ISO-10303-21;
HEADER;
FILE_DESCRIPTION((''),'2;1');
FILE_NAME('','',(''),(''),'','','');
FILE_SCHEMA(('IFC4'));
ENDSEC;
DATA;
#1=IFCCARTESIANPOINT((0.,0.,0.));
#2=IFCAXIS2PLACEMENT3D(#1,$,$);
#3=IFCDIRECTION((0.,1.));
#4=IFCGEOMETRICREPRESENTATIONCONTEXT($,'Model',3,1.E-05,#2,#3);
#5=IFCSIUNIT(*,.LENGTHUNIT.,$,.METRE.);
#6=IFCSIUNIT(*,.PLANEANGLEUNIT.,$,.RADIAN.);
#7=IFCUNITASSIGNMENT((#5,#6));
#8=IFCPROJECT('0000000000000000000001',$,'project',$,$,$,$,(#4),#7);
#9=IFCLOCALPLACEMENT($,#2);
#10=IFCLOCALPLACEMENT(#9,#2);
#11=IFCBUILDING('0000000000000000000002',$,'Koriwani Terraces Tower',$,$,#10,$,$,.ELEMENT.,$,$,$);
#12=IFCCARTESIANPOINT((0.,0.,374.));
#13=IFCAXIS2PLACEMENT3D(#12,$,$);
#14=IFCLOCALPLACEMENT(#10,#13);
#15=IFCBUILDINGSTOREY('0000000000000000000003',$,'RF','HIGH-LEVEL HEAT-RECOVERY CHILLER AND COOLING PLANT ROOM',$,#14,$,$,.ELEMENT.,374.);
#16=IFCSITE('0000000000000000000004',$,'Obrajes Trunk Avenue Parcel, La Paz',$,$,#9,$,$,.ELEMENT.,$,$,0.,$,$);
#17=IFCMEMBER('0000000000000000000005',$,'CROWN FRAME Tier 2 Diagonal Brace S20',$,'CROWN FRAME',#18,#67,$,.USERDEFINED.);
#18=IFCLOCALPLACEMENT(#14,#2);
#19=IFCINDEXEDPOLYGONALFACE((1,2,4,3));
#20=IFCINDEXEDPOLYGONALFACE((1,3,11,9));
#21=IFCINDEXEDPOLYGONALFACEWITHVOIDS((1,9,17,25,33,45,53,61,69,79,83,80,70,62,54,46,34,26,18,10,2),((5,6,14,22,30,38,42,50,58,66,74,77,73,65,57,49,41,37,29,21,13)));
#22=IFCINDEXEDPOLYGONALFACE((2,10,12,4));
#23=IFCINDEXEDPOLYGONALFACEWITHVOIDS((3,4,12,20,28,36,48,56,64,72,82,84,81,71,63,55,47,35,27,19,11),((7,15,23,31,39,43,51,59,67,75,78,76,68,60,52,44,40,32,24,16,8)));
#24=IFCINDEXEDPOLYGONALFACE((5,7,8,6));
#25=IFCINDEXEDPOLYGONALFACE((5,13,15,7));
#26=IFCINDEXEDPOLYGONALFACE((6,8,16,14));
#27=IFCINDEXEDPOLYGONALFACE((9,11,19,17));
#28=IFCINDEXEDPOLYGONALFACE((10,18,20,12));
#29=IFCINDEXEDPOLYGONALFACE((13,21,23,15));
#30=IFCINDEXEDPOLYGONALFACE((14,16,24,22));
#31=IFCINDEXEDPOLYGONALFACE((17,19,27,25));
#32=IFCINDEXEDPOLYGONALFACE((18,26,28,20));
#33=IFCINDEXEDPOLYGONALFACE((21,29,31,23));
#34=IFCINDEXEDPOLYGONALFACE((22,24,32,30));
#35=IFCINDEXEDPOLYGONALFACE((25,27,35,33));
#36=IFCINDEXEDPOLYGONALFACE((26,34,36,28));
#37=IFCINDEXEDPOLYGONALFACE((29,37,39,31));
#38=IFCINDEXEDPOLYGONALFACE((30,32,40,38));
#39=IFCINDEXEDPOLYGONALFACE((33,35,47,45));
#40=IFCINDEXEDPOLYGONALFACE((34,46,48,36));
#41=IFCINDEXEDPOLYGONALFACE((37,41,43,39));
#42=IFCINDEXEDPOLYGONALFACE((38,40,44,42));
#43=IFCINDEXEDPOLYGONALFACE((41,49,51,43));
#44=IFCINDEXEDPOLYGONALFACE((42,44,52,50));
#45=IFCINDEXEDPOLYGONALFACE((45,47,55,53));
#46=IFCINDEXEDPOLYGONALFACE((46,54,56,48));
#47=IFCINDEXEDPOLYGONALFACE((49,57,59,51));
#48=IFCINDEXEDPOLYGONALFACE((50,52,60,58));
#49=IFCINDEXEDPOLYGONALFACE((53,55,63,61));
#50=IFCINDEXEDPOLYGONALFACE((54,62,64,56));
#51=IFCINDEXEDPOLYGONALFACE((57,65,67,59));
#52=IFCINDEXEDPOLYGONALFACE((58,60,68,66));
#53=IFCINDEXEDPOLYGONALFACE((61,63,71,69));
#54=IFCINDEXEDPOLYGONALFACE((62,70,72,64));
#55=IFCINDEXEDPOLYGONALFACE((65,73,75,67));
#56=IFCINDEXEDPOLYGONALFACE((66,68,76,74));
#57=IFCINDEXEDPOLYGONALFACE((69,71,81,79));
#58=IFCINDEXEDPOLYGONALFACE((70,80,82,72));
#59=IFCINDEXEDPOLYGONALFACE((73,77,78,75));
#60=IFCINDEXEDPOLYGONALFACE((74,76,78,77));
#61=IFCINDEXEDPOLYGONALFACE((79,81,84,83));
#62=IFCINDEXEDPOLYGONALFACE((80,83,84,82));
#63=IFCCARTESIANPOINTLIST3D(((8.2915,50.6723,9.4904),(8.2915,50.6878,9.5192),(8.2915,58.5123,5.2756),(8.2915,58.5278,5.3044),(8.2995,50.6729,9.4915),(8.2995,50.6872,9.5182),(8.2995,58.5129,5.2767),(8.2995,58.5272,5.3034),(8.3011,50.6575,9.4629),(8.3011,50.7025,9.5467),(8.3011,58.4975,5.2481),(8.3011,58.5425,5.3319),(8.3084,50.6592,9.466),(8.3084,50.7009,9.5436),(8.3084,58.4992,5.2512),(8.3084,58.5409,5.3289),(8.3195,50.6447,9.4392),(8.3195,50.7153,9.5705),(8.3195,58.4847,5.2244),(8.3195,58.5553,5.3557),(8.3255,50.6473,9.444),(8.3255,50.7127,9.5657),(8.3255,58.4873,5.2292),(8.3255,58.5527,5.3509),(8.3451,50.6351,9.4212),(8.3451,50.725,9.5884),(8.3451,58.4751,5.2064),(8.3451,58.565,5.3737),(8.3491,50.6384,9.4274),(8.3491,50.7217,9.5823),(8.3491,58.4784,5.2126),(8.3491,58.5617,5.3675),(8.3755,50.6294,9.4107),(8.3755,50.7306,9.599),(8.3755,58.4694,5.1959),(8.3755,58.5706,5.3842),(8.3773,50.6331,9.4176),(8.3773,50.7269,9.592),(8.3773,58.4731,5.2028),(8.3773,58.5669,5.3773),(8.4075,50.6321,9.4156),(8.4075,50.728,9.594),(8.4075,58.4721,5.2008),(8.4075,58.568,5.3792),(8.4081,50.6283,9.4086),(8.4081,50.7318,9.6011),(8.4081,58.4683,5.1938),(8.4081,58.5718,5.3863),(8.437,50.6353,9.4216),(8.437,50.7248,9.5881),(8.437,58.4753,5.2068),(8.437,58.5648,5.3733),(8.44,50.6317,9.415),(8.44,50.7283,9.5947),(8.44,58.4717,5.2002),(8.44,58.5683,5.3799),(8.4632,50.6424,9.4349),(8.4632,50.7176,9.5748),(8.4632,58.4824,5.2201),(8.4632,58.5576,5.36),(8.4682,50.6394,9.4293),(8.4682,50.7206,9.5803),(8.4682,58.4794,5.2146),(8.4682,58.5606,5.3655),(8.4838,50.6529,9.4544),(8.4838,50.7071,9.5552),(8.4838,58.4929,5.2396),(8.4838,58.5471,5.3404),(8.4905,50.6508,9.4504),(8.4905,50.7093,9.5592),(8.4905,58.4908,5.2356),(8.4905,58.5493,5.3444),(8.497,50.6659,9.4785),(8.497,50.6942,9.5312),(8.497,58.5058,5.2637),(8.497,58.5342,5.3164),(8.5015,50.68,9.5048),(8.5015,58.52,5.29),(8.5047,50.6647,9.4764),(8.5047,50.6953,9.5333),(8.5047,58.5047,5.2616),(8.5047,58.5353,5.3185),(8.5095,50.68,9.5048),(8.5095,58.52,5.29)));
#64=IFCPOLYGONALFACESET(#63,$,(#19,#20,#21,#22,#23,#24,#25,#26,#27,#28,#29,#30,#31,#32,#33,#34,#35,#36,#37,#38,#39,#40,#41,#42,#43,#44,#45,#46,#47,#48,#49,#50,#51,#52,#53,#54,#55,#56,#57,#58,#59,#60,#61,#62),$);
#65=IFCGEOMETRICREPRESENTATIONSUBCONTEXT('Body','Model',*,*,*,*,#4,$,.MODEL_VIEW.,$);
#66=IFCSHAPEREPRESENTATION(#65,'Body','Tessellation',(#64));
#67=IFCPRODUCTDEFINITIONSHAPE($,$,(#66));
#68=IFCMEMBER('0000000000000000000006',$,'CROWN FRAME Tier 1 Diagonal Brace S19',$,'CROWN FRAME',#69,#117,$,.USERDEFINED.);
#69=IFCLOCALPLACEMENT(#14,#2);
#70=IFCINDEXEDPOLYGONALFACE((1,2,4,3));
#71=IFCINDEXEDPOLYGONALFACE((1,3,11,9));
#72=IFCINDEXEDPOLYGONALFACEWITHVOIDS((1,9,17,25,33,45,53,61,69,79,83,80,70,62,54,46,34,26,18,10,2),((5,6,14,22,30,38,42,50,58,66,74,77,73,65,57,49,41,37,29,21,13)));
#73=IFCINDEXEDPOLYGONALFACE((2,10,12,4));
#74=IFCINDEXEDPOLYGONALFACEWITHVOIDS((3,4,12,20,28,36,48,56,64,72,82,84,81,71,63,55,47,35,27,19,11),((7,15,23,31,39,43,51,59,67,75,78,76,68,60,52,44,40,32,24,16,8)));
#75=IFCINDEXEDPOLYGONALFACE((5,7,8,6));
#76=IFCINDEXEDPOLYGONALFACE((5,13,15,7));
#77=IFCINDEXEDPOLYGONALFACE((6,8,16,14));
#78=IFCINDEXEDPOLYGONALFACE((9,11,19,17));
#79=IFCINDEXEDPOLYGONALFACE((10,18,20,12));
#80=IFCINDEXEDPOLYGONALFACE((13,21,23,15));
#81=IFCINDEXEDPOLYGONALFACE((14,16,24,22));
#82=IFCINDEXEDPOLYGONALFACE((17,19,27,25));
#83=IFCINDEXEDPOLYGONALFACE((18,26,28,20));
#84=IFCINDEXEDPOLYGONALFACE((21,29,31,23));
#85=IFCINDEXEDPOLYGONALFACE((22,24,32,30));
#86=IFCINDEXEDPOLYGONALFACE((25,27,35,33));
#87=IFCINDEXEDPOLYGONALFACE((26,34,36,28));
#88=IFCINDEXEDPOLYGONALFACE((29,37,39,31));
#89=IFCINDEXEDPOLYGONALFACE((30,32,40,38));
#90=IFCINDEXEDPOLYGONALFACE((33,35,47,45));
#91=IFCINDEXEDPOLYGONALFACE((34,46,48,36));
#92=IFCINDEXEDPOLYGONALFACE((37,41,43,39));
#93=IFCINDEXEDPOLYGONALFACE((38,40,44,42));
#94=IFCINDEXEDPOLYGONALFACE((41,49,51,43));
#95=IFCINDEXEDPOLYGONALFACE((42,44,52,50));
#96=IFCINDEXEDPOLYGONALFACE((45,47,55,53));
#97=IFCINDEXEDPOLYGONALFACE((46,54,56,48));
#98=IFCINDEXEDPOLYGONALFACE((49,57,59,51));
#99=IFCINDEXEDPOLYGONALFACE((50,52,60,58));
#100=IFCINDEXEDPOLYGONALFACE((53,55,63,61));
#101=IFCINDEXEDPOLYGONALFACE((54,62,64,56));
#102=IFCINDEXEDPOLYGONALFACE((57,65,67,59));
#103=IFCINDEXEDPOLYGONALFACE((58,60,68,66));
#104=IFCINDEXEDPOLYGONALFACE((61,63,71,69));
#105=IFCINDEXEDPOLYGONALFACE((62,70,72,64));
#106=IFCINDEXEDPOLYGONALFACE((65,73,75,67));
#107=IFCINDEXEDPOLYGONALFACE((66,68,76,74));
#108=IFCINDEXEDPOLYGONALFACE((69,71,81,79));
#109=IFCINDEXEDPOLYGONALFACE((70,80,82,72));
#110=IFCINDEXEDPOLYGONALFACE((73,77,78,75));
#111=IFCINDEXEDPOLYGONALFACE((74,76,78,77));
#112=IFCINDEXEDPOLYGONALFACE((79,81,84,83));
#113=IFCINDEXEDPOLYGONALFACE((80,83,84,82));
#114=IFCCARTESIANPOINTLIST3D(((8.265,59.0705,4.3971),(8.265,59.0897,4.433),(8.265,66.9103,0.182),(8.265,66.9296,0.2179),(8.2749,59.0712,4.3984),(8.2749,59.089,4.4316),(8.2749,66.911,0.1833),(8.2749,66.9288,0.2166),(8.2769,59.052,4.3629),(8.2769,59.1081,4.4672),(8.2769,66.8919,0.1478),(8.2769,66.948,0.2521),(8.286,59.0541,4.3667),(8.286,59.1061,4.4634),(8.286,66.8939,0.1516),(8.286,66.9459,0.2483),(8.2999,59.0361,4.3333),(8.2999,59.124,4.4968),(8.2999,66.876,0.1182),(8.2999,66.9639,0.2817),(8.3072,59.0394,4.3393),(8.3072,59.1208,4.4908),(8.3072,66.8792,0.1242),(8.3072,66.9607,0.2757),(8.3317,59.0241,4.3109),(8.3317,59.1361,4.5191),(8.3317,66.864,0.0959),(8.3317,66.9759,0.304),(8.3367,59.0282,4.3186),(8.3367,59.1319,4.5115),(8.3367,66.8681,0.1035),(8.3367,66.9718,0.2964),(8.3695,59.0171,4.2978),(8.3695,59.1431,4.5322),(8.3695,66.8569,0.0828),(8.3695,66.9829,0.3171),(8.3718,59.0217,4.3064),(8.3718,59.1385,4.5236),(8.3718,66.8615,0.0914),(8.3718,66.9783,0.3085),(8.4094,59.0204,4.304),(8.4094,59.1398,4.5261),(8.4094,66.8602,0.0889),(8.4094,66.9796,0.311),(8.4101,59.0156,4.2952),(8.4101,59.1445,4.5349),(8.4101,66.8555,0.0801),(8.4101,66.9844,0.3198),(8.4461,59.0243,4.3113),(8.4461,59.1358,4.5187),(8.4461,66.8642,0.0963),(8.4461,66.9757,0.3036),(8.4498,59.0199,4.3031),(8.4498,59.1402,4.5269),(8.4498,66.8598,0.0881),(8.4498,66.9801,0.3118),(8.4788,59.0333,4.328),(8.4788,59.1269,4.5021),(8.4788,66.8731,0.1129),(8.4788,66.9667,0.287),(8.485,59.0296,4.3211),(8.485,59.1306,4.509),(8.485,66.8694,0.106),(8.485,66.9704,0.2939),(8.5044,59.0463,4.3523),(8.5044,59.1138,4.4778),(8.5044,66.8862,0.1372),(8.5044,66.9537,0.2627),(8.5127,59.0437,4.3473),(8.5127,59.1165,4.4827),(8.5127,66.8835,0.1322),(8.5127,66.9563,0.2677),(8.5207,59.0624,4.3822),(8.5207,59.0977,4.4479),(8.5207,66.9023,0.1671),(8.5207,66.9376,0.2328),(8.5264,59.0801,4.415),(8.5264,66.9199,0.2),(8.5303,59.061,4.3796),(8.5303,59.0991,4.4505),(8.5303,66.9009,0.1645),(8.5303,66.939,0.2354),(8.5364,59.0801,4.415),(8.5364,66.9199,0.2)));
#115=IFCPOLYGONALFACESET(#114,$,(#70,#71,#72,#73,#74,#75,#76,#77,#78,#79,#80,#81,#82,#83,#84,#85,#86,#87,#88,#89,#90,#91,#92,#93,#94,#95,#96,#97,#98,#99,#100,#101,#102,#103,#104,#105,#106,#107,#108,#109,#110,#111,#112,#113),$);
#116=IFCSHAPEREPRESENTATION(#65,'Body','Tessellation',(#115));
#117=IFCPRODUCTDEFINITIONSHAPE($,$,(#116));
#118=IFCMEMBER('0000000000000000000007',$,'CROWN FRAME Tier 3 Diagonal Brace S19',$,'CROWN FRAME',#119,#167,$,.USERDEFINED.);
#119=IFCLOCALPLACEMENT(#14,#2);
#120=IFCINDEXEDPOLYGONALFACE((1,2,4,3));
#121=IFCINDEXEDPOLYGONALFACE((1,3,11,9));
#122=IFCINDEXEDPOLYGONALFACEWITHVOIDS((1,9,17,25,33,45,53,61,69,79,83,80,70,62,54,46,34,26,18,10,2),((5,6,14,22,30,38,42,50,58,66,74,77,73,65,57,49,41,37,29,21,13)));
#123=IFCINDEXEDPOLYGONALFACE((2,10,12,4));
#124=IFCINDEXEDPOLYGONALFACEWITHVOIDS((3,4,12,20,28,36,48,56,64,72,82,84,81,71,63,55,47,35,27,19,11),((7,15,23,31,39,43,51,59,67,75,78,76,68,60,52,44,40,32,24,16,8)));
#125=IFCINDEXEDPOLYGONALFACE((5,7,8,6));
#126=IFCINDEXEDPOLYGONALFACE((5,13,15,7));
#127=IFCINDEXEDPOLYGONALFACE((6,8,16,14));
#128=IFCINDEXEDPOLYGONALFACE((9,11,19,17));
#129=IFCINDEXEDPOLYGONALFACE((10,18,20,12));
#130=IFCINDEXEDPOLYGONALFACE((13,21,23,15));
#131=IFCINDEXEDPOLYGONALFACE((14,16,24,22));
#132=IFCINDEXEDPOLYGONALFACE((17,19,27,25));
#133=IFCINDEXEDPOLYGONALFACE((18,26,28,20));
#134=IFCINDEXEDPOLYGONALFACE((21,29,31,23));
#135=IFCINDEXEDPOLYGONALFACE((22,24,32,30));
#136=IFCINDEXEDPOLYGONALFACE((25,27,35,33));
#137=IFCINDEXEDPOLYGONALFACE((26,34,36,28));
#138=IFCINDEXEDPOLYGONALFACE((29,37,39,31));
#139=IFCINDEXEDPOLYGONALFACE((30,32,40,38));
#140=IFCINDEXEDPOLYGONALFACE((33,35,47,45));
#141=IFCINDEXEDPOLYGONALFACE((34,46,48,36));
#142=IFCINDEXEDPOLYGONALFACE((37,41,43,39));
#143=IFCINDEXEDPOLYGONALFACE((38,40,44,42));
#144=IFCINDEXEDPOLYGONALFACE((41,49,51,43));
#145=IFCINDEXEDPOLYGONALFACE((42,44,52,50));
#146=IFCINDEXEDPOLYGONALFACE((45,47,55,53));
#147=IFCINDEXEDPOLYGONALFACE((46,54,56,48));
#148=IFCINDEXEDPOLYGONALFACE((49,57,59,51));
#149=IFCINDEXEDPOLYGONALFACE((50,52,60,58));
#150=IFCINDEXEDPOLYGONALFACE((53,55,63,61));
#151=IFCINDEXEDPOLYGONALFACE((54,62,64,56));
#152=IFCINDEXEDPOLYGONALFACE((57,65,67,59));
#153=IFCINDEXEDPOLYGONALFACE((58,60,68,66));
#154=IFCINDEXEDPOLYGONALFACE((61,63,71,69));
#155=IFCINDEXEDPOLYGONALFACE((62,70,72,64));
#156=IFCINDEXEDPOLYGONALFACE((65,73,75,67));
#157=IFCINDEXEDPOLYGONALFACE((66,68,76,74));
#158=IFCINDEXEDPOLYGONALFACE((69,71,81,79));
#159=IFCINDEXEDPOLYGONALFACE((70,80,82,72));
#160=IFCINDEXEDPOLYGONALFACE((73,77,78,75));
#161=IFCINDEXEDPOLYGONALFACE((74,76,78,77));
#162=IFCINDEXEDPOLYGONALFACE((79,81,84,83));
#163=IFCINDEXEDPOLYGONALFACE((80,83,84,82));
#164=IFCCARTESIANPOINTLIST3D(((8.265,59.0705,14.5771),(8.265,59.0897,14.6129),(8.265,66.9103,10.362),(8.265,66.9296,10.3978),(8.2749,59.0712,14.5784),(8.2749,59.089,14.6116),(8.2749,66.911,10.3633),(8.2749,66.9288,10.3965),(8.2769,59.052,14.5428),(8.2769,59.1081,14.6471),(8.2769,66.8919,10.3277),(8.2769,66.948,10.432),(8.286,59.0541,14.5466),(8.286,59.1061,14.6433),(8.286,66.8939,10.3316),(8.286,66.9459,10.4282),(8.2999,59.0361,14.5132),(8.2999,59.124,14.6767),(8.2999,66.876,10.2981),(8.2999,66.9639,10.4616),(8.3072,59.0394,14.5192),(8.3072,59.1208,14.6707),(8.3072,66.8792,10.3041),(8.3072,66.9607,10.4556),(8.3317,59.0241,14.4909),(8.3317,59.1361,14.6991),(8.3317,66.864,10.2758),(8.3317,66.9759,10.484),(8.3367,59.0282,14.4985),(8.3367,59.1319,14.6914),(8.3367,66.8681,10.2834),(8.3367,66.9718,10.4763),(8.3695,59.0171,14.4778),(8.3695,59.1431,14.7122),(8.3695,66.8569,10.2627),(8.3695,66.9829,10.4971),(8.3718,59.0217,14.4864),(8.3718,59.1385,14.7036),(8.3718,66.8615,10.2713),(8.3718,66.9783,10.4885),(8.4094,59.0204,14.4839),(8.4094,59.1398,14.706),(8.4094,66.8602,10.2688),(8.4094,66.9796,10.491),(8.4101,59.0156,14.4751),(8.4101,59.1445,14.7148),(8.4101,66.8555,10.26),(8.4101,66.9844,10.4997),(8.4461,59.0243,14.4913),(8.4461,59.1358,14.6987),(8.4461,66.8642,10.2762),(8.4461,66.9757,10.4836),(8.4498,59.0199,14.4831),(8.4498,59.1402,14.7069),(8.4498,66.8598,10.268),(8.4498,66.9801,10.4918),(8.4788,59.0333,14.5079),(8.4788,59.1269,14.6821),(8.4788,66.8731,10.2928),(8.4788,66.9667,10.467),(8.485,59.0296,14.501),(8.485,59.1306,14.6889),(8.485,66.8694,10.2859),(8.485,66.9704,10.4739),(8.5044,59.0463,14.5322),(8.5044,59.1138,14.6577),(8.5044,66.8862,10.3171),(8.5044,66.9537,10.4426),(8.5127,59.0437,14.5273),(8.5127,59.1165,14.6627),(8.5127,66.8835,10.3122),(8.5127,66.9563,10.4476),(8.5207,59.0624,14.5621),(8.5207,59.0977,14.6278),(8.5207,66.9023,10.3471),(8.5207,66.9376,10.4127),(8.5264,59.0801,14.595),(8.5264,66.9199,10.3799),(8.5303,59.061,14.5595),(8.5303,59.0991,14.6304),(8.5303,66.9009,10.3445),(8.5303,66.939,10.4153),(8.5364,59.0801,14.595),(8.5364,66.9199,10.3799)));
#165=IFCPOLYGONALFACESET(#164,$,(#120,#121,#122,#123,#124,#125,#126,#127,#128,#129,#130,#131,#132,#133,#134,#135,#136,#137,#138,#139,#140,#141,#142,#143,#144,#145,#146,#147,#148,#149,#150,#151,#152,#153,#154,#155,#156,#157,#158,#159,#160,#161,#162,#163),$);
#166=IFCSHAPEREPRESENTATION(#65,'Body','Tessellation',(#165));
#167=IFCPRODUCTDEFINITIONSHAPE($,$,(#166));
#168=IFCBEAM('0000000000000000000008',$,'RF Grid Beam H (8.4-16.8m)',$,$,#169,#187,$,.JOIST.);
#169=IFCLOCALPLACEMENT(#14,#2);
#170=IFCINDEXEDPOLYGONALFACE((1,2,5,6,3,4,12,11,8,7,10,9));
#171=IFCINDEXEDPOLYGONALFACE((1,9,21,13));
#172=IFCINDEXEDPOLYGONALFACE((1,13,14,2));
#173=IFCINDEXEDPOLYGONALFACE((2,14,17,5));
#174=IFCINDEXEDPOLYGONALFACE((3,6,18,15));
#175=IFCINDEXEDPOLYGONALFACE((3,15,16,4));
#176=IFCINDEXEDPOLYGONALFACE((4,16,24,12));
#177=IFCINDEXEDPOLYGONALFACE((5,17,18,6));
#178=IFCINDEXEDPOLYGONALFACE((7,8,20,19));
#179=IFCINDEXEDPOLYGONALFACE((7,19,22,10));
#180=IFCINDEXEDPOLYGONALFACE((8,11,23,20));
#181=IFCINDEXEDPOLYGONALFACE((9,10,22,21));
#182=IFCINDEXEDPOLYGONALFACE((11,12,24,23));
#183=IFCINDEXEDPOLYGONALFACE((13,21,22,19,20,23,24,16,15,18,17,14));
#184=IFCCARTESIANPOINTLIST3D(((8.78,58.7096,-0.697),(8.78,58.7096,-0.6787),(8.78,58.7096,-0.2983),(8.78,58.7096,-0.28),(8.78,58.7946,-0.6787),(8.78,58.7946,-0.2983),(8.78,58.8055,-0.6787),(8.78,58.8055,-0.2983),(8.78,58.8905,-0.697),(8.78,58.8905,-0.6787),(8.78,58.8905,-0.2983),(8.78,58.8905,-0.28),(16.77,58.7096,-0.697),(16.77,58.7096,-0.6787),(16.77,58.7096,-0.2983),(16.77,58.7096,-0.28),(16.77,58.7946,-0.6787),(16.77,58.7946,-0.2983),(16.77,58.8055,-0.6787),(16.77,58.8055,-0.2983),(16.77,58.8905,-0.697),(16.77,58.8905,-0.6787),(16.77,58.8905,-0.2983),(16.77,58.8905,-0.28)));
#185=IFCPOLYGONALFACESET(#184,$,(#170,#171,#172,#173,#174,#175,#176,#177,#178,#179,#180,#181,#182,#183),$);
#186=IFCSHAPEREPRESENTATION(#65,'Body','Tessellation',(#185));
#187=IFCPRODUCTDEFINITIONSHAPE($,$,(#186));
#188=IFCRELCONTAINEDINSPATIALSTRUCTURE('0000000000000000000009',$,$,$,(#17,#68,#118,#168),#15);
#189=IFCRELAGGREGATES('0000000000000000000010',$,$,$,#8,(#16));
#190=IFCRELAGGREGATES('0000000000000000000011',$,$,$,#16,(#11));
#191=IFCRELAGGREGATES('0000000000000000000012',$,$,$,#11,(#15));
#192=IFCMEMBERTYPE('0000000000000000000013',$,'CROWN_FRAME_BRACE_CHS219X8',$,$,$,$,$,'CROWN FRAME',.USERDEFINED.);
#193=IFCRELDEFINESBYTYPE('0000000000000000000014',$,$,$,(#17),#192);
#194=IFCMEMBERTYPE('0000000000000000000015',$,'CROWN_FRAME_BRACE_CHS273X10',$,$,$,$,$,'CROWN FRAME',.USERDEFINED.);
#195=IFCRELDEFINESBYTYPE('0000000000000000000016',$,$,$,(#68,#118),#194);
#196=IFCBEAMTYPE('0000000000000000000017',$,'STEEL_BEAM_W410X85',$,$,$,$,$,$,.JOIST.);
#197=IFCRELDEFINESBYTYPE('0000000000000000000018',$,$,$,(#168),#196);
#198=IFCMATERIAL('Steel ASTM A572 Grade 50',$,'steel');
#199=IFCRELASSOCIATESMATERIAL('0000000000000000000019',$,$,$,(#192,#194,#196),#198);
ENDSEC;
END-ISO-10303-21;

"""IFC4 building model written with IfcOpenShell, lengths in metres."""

from ifc_helpers import new_model, si_unit, direction, frame, origin, origin_2d, place, context, subcontext, project, spatial, hollow_circle, i_section, extrude, material, material_profile, profile_set, type_object, element, save


model = new_model("IFC4")

# Units and contexts
model_context = context("Model", 3, precision=1e-05, world=origin(), true_north=direction((0.0, 1.0)))
body_context = subcontext(model_context, "Body", "Model", "MODEL_VIEW")
ifc_project = project(units=[si_unit("LENGTHUNIT", "METRE"), si_unit("PLANEANGLEUNIT", "RADIAN")], contexts=[model_context])

# Site, building, storey
site_placement = place(None, origin())
site = spatial("IfcSite", under=ifc_project, at=site_placement, Name="Obrajes Trunk Avenue Parcel, La Paz", CompositionType="ELEMENT", RefElevation=0.0)
building_placement = place(site_placement, origin())
building = spatial("IfcBuilding", under=site, at=building_placement, Name="Koriwani Terraces Tower", CompositionType="ELEMENT")
storey_placement = place(building_placement, frame((0.0, 0.0, 374.0)))
storey = spatial("IfcBuildingStorey", under=building, at=storey_placement, Name="RF", Description="HIGH-LEVEL HEAT-RECOVERY CHILLER AND COOLING PLANT ROOM", CompositionType="ELEMENT", Elevation=374.0)

# Shared definitions
ifc_material_1 = material(Name="Steel ASTM A572 Grade 50", Category="steel")

# Members
ifc_material_profile_1 = material_profile(ifc_material_1, hollow_circle(Radius=0.1096, WallThickness=0.0081, at=origin_2d()), Name="Steel ASTM A572 Grade 50", Category="LoadBearing")
ifc_profile_set_1 = profile_set([ifc_material_profile_1], Name="Steel ASTM A572 Grade 50")
member_type_1 = type_object("IfcMemberType", Name="CROWN_FRAME_BRACE_CHS219X8", ElementType="CROWN FRAME", PredefinedType="USERDEFINED", material=ifc_profile_set_1)
member_placement = place(storey_placement, frame((8.3999, 58.52, 5.29), z_axis=(0.0, -0.880787, 0.473513), x_axis=(1.0, 0.0, 0.0)))
element("IfcMember", 1, at=member_placement, inside=storey, type_object=member_type_1, Name="CROWN FRAME Tier 2 Diagonal Brace S20", ObjectType="CROWN FRAME", PredefinedType="USERDEFINED", context=body_context, shape_type="SweptSolid", body=[
    extrude(hollow_circle(Radius=0.1096, WallThickness=0.0081, at=origin_2d()), origin(), (0.0, 0.0, 1.0), 8.9011),
])
ifc_material_profile_2 = material_profile(ifc_material_1, hollow_circle(Radius=0.1365, WallThickness=0.01, at=origin_2d()), Name="Steel ASTM A572 Grade 50", Category="LoadBearing")
ifc_profile_set_2 = profile_set([ifc_material_profile_2], Name="Steel ASTM A572 Grade 50")
member_type_2 = type_object("IfcMemberType", Name="CROWN_FRAME_BRACE_CHS273X10", ElementType="CROWN FRAME", PredefinedType="USERDEFINED", material=ifc_profile_set_2)
for number, where, z_axis, x_axis, name in (
    (2, (8.3999, 66.9199, 0.2), (0.0, -0.880769, 0.473545), (1.0, 0.0, 0.0), "CROWN FRAME Tier 1 Diagonal Brace S19"),
    (3, (8.3999, 66.9199, 10.3799), (0.0, -0.880769, 0.473545), (1.0, 0.0, 0.0), "CROWN FRAME Tier 3 Diagonal Brace S19"),
):
    element("IfcMember", number, at=place(storey_placement, frame(where, z_axis=z_axis, x_axis=x_axis)), inside=storey, type_object=member_type_2, Name=name, ObjectType="CROWN FRAME", PredefinedType="USERDEFINED", context=body_context, shape_type="SweptSolid", body=[
        extrude(hollow_circle(Radius=0.1365, WallThickness=0.01, at=origin_2d()), origin(), (0.0, 0.0, 1.0), 8.9011),
    ])

# Beam
ifc_material_profile_3 = material_profile(ifc_material_1, i_section(OverallWidth=0.1809, OverallDepth=0.417, WebThickness=0.011, FlangeThickness=0.0183, at=origin_2d()), Name="Steel ASTM A572 Grade 50", Category="LoadBearing")
ifc_profile_set_3 = profile_set([ifc_material_profile_3], Name="Steel ASTM A572 Grade 50")
beam_type_1 = type_object("IfcBeamType", Name="STEEL_BEAM_W410X85", PredefinedType="JOIST", material=ifc_profile_set_3)
beam_1_placement = place(storey_placement, frame((8.78, 58.8, -0.4885), z_axis=(1.0, 0.0, 0.0), x_axis=(0.0, 1.0, 0.0)))
element("IfcBeam", 4, at=beam_1_placement, inside=storey, type_object=beam_type_1, Name="RF Grid Beam H (8.4-16.8m)", PredefinedType="JOIST", context=body_context, shape_type="SweptSolid", body=[
    extrude(i_section(OverallWidth=0.1809, OverallDepth=0.417, WebThickness=0.011, FlangeThickness=0.0183, at=origin_2d()), origin(), (0.0, 0.0, 1.0), 7.99),
])

save(model, "model.ifc")
